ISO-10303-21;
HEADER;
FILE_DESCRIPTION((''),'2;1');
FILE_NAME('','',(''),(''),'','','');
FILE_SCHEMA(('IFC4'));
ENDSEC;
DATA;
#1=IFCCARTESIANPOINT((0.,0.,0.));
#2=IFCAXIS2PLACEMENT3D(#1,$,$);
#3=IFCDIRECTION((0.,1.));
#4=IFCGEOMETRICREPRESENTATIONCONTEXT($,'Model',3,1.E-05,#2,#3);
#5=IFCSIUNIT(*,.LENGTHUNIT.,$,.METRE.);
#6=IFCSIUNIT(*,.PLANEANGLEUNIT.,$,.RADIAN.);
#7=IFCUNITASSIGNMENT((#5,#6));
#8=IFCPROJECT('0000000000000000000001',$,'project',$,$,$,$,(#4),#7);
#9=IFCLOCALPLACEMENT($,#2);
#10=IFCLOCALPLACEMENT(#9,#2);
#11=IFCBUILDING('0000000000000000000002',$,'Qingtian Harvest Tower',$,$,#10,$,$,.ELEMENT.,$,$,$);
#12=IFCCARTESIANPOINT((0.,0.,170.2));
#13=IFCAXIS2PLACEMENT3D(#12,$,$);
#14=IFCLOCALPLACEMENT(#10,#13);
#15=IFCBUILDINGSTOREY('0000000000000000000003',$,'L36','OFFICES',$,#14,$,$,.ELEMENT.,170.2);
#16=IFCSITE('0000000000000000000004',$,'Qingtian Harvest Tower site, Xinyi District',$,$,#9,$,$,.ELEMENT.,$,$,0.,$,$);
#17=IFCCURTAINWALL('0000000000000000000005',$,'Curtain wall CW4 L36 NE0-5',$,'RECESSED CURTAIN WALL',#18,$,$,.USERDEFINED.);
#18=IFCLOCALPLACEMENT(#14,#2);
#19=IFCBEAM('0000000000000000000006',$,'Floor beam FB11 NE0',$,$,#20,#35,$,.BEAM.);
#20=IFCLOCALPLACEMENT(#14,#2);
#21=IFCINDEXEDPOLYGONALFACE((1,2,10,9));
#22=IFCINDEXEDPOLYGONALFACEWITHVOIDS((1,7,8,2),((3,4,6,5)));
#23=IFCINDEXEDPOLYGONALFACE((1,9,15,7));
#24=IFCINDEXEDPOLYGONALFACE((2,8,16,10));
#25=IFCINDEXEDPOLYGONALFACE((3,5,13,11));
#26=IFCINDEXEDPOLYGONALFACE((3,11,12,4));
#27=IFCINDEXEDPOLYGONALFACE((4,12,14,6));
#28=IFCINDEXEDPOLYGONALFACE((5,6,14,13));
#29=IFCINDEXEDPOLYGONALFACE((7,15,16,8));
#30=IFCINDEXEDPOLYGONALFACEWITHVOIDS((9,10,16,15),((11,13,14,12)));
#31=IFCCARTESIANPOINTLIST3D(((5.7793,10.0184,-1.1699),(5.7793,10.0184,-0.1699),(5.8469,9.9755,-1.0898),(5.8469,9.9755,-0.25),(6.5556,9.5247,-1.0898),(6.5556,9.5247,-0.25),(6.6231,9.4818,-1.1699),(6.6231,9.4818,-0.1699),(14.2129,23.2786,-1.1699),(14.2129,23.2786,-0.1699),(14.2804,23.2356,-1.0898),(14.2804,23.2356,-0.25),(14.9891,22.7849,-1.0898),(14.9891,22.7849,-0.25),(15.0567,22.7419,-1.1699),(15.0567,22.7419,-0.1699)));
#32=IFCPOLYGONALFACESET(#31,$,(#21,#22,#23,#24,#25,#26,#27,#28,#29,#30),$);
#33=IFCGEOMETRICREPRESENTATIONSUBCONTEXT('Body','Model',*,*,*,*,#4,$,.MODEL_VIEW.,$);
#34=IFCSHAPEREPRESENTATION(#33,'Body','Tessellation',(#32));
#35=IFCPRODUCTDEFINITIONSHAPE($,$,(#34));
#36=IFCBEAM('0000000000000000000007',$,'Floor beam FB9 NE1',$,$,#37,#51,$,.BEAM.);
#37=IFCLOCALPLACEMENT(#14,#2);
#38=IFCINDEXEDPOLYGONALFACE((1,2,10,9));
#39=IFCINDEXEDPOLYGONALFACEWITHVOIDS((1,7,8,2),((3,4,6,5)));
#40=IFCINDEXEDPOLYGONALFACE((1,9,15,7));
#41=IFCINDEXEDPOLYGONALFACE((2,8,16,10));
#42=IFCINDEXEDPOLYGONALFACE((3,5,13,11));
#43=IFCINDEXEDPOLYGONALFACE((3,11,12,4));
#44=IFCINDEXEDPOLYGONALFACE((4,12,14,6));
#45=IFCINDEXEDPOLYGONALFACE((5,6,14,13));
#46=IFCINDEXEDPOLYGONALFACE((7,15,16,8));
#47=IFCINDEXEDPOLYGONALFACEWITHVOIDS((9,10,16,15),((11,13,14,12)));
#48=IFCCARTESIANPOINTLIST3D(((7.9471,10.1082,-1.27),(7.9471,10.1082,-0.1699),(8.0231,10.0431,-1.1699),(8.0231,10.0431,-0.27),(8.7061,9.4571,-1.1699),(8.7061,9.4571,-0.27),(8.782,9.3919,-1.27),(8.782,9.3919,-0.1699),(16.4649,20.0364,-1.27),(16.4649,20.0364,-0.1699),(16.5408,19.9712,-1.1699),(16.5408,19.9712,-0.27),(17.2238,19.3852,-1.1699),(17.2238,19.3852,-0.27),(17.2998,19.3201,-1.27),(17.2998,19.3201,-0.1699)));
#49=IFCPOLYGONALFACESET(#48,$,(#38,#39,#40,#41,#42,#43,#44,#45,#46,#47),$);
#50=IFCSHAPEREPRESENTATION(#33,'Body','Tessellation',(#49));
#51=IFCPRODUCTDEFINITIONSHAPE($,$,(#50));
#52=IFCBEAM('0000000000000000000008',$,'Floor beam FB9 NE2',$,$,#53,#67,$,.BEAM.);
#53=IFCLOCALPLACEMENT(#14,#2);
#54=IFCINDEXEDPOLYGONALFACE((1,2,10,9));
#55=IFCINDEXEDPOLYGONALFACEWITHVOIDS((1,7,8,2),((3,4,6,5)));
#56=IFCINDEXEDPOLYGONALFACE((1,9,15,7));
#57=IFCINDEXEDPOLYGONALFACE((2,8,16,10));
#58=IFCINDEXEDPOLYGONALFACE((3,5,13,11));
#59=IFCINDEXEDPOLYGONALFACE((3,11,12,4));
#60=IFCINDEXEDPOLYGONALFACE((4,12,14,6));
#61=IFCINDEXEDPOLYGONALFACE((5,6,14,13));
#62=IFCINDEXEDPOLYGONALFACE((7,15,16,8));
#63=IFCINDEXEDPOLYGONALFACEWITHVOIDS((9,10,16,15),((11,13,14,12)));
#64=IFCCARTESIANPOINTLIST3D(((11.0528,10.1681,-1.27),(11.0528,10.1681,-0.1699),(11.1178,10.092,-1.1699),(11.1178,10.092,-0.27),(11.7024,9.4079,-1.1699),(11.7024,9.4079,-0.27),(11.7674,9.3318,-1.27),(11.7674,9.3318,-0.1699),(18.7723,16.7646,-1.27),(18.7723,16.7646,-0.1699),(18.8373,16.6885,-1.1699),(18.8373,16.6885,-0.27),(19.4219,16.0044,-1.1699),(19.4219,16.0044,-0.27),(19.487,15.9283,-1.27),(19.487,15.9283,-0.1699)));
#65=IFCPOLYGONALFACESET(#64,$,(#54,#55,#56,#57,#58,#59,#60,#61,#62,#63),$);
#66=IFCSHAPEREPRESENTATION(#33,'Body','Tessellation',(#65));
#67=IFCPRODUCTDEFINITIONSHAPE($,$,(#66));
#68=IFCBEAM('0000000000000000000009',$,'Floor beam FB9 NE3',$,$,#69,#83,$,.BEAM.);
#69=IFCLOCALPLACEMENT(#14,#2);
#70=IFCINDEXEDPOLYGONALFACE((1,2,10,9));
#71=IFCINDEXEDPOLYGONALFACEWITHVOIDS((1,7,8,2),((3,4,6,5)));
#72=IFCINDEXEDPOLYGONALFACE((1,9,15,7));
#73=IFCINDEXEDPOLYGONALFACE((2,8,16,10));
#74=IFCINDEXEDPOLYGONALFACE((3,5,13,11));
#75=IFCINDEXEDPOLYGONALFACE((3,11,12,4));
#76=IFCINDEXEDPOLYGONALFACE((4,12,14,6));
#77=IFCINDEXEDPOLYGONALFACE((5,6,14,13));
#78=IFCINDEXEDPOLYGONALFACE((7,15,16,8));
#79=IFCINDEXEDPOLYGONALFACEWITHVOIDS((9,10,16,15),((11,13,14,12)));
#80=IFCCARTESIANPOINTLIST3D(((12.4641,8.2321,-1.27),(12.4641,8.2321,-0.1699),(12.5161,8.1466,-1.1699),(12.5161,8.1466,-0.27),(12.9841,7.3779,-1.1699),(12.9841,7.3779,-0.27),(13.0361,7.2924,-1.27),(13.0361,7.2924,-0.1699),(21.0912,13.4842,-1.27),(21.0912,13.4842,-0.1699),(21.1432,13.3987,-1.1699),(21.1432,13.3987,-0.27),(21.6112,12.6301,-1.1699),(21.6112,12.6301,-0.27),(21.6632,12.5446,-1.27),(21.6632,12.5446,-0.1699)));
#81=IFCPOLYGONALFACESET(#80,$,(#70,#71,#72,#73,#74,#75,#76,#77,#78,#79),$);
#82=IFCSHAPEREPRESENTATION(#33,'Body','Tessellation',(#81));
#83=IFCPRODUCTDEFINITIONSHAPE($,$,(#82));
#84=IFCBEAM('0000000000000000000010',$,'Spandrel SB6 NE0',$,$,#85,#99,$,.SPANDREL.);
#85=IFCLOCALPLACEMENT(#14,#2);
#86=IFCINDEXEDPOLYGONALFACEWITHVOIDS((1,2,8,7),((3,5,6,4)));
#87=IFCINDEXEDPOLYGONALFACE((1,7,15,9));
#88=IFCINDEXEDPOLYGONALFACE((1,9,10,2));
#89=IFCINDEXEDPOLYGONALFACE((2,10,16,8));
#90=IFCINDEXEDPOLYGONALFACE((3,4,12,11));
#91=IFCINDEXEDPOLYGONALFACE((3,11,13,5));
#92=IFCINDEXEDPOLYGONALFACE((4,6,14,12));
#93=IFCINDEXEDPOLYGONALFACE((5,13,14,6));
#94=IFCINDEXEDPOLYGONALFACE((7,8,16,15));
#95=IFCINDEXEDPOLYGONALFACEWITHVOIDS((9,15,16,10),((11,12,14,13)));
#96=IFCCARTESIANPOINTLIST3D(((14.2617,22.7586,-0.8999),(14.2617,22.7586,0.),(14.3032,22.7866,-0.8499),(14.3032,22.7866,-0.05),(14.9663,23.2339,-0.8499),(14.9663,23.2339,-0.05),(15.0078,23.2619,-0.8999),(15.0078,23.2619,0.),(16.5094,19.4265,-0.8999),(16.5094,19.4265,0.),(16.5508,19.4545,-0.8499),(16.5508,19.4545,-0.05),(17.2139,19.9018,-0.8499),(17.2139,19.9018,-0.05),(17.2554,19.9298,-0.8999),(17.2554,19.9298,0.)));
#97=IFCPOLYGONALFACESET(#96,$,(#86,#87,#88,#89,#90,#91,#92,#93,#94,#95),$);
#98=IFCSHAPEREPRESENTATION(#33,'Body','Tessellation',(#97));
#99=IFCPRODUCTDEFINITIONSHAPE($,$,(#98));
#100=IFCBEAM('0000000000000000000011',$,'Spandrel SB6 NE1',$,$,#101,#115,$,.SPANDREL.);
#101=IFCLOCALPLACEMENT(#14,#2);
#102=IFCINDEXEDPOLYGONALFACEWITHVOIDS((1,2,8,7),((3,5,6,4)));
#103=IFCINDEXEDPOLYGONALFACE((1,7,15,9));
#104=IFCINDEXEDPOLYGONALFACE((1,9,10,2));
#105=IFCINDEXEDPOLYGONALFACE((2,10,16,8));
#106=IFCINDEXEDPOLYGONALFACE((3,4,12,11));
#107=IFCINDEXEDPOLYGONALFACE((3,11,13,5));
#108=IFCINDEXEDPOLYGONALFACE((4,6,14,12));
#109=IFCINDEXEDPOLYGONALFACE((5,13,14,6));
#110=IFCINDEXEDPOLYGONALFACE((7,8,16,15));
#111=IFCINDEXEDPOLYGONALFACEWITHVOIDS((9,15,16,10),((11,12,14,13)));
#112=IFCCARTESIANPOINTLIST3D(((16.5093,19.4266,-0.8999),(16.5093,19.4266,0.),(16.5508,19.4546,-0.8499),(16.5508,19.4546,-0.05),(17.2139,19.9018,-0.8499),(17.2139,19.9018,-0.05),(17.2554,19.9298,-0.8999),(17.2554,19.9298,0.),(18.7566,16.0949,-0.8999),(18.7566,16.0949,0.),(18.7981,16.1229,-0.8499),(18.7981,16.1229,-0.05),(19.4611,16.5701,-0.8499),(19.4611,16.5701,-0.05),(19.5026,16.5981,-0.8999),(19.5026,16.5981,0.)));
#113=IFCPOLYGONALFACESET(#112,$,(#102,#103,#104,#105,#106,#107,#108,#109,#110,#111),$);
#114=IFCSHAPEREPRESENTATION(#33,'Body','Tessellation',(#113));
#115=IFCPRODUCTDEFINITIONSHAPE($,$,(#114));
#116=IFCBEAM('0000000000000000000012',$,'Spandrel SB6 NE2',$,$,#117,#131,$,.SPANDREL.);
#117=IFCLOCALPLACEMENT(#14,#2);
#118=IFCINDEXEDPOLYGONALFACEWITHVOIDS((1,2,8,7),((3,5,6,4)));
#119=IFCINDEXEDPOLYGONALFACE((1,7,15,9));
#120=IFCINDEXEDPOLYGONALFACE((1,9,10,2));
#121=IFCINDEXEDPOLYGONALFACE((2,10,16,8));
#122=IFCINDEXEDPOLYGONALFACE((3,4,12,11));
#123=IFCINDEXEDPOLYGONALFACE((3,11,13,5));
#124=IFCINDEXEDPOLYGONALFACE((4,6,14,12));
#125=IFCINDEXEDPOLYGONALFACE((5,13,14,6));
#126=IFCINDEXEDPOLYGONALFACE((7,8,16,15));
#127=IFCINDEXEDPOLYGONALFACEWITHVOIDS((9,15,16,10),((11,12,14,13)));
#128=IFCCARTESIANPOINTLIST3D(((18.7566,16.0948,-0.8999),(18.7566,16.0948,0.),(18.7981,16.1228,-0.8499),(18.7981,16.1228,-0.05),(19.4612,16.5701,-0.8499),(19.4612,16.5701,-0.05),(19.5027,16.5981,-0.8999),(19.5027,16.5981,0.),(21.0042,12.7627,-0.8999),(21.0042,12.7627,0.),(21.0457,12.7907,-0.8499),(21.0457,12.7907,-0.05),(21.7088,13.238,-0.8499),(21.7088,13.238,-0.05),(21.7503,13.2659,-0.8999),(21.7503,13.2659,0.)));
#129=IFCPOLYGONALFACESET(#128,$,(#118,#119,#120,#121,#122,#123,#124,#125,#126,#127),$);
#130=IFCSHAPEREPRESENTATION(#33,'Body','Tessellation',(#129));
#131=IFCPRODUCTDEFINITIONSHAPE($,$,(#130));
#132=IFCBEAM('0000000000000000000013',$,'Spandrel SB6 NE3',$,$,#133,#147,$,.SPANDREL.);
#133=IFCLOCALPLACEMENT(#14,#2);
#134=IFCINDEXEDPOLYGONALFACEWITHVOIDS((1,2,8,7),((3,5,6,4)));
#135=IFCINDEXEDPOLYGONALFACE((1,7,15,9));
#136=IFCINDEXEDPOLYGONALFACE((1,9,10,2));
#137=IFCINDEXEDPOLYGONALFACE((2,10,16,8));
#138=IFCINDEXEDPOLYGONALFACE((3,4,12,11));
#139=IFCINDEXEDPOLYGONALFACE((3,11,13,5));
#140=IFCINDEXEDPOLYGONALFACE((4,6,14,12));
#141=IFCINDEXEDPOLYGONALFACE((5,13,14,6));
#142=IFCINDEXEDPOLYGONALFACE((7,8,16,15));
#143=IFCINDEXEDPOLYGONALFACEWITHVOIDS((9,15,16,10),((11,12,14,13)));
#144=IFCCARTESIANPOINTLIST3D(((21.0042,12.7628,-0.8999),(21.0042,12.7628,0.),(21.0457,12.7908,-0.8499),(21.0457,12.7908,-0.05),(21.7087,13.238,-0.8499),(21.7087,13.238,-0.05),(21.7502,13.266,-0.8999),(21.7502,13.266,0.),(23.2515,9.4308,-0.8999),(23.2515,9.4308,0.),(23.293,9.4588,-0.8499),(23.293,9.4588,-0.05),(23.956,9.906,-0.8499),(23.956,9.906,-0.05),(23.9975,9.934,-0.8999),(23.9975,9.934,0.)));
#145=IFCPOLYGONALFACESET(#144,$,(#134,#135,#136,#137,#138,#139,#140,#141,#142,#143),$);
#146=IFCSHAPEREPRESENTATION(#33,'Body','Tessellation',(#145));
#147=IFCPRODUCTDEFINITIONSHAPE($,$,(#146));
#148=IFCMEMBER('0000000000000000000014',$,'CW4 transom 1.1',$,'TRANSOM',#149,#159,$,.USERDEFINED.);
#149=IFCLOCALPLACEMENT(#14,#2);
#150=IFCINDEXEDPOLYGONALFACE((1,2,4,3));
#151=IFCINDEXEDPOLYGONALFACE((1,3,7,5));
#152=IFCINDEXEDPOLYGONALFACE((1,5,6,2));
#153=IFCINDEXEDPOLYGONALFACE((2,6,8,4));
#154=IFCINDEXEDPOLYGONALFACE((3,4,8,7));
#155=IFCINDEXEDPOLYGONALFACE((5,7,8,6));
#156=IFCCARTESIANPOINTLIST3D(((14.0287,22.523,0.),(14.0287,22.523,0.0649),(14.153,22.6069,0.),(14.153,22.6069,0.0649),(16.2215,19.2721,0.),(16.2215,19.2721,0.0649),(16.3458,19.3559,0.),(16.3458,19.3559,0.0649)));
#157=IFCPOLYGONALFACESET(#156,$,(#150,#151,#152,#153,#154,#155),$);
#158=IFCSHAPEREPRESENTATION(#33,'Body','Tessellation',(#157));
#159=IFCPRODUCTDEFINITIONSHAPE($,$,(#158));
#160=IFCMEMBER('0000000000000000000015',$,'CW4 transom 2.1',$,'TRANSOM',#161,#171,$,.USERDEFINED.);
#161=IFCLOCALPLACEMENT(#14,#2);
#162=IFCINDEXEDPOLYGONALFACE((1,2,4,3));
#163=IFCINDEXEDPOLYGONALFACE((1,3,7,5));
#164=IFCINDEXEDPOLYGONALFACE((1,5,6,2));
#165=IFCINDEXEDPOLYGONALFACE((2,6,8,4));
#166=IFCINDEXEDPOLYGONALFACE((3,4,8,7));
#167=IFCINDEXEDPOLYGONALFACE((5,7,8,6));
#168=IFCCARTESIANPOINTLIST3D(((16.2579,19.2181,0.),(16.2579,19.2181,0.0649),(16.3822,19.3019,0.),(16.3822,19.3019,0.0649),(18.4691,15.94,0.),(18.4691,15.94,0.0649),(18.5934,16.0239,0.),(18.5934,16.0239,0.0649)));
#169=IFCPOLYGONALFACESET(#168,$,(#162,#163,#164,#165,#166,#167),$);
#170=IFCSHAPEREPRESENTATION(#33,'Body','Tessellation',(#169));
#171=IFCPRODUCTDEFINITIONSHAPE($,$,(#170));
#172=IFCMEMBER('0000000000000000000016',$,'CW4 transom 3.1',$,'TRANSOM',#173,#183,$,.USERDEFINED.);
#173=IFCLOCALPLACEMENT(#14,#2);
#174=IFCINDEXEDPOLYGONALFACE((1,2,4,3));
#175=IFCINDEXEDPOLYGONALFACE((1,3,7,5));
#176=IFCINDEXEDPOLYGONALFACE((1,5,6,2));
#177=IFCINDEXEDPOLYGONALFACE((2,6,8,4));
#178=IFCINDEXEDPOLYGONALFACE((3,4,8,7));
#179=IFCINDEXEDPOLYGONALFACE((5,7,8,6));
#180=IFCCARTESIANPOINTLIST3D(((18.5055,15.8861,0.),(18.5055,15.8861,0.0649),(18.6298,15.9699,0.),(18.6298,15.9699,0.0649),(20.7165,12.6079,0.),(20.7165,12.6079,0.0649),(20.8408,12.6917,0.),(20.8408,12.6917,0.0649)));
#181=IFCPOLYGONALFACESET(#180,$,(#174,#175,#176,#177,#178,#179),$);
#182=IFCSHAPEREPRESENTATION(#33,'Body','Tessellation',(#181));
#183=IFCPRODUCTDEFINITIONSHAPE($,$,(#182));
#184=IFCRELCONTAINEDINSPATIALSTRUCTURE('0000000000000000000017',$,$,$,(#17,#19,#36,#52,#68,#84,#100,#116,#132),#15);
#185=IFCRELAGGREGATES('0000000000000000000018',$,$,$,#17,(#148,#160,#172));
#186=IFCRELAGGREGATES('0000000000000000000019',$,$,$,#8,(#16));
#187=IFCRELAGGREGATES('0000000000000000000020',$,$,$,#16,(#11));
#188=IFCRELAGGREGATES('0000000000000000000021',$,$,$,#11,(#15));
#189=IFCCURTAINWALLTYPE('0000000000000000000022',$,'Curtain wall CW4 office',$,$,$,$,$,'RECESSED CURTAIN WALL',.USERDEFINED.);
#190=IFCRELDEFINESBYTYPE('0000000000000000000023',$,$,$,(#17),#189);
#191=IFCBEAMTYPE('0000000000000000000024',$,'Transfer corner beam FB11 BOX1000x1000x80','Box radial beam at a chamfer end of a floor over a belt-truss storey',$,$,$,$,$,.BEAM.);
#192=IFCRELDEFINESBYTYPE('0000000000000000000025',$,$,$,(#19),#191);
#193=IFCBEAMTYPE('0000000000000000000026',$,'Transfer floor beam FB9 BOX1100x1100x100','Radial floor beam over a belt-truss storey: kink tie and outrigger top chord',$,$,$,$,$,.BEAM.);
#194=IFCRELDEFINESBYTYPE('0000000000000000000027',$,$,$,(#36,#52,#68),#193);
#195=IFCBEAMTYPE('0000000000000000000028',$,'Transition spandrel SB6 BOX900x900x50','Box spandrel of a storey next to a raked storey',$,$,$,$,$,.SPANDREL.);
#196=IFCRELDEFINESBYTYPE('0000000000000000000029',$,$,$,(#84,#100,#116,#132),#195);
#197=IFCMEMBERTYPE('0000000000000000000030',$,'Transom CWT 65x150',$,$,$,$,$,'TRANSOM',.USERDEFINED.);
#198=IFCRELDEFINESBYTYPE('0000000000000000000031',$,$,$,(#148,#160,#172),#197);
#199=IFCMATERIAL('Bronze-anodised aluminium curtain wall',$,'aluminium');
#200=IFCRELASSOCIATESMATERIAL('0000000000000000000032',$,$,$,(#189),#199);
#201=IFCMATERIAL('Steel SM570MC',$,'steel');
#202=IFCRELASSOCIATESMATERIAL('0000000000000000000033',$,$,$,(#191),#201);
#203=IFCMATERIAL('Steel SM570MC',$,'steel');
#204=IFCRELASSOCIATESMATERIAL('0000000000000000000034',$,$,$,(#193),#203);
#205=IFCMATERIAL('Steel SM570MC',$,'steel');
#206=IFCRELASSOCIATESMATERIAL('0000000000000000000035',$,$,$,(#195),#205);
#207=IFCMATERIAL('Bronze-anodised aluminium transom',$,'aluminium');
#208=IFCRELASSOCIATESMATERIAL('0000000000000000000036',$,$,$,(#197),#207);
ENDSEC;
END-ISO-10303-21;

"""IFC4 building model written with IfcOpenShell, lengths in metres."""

from ifc_helpers import new_model, si_unit, direction, frame, origin, origin_2d, place, context, subcontext, project, spatial, rectangle, hollow_rectangle, extrude, material, material_profile, profile_set, type_object, element, aggregate, save


model = new_model("IFC4")

# Units and contexts
model_context = context("Model", 3, precision=1e-05, world=origin(), true_north=direction((0.0, 1.0)))
body_context = subcontext(model_context, "Body", "Model", "MODEL_VIEW")
ifc_project = project(units=[si_unit("LENGTHUNIT", "METRE"), si_unit("PLANEANGLEUNIT", "RADIAN")], contexts=[model_context])

# Site, building, storey
site_placement = place(None, origin())
site = spatial("IfcSite", under=ifc_project, at=site_placement, Name="Qingtian Harvest Tower site, Xinyi District", CompositionType="ELEMENT", RefElevation=0.0)
building_placement = place(site_placement, origin())
building = spatial("IfcBuilding", under=site, at=building_placement, Name="Qingtian Harvest Tower", CompositionType="ELEMENT")
storey_placement = place(building_placement, frame((0.0, 0.0, 170.2)))
storey = spatial("IfcBuildingStorey", under=building, at=storey_placement, Name="L36", Description="OFFICES", CompositionType="ELEMENT", Elevation=170.2)

# Shared definitions
ifc_material_1 = material(Name="Bronze-anodised aluminium curtain wall", Category="aluminium")
curtain_wall_type = type_object("IfcCurtainWallType", Name="Curtain wall CW4 office", ElementType="RECESSED CURTAIN WALL", PredefinedType="USERDEFINED", material=ifc_material_1)

# Curtain wall
curtain_wall_1_placement = place(storey_placement, origin())
curtain_wall_1 = element("IfcCurtainWall", 1, at=curtain_wall_1_placement, inside=storey, type_object=curtain_wall_type, Name="Curtain wall CW4 L36 NE0-5", ObjectType="RECESSED CURTAIN WALL", PredefinedType="USERDEFINED")

# Beams
ifc_material_2 = material(Name="Steel SM570MC", Category="steel")
ifc_material_profile_1 = material_profile(ifc_material_2, hollow_rectangle(XDim=1.0, YDim=1.0, WallThickness=0.0801, at=origin_2d()), Name="BOX1000x1000x80")
ifc_profile_set_1 = profile_set([ifc_material_profile_1], Name="Steel SM570MC")
beam_type_1 = type_object("IfcBeamType", Name="Transfer corner beam FB11 BOX1000x1000x80", Description="Box radial beam at a chamfer end of a floor over a belt-truss storey", PredefinedType="BEAM", material=ifc_profile_set_1)
beam_1_placement = place(storey_placement, frame((14.6348, 23.0103, -0.6699), z_axis=(-0.53666, -0.843798, 0.0), x_axis=(0.843798, -0.53666, 0.0)))
element("IfcBeam", 2, at=beam_1_placement, inside=storey, type_object=beam_type_1, Name="Floor beam FB11 NE0", PredefinedType="BEAM", context=body_context, shape_type="SweptSolid", body=[
    extrude(hollow_rectangle(XDim=1.0, YDim=1.0, WallThickness=0.0801, at=origin_2d()), origin(), (0.0, 0.0, 1.0), 15.7148),
])
ifc_material_3 = material(Name="Steel SM570MC", Category="steel")
ifc_material_profile_2 = material_profile(ifc_material_3, hollow_rectangle(XDim=1.1001, YDim=1.1001, WallThickness=0.1001, at=origin_2d()), Name="BOX1100x1100x100")
ifc_profile_set_2 = profile_set([ifc_material_profile_2], Name="Steel SM570MC")
beam_type_2 = type_object("IfcBeamType", Name="Transfer floor beam FB9 BOX1100x1100x100", Description="Radial floor beam over a belt-truss storey: kink tie and outrigger top chord", PredefinedType="BEAM", material=ifc_profile_set_2)
beam_2_placement = place(storey_placement, frame((16.8823, 19.6782, -0.72), z_axis=(-0.65114, -0.758957, 0.0), x_axis=(0.758957, -0.65114, 0.0)))
element("IfcBeam", 3, at=beam_2_placement, inside=storey, type_object=beam_type_2, Name="Floor beam FB9 NE1", PredefinedType="BEAM", context=body_context, shape_type="SweptSolid", body=[
    extrude(hollow_rectangle(XDim=1.1001, YDim=1.1001, WallThickness=0.1001, at=origin_2d()), origin(), (0.0, 0.0, 1.0), 13.0813),
])
beam_3_placement = place(storey_placement, frame((19.1296, 16.3464, -0.72), z_axis=(-0.760242, -0.64964, 0.0), x_axis=(0.64964, -0.760242, 0.0)))
element("IfcBeam", 4, at=beam_3_placement, inside=storey, type_object=beam_type_2, Name="Floor beam FB9 NE2", PredefinedType="BEAM", context=body_context, shape_type="SweptSolid", body=[
    extrude(hollow_rectangle(XDim=1.1001, YDim=1.1001, WallThickness=0.1001, at=origin_2d()), origin(), (0.0, 0.0, 1.0), 10.1541),
])
beam_4_placement = place(storey_placement, frame((21.3772, 13.0144, -0.72), z_axis=(-0.854161, -0.520009, 0.0), x_axis=(0.520009, -0.854161, 0.0)))
element("IfcBeam", 5, at=beam_4_placement, inside=storey, type_object=beam_type_2, Name="Floor beam FB9 NE3", PredefinedType="BEAM", context=body_context, shape_type="SweptSolid", body=[
    extrude(hollow_rectangle(XDim=1.1001, YDim=1.1001, WallThickness=0.1001, at=origin_2d()), origin(), (0.0, 0.0, 1.0), 10.1001),
])
ifc_material_4 = material(Name="Steel SM570MC", Category="steel")
ifc_material_profile_3 = material_profile(ifc_material_4, hollow_rectangle(XDim=0.8999, YDim=0.8999, WallThickness=0.05, at=origin_2d()), Name="BOX900x900x50")
ifc_profile_set_3 = profile_set([ifc_material_profile_3], Name="Steel SM570MC")
beam_type_3 = type_object("IfcBeamType", Name="Transition spandrel SB6 BOX900x900x50", Description="Box spandrel of a storey next to a raked storey", PredefinedType="SPANDREL", material=ifc_profile_set_3)
beam_5_placement = place(storey_placement, frame((14.6348, 23.0103, -0.45), z_axis=(0.559206, -0.829029, 0.0), x_axis=(0.829029, 0.559206, 0.0)))
element("IfcBeam", 6, at=beam_5_placement, inside=storey, type_object=beam_type_3, Name="Spandrel SB6 NE0", PredefinedType="SPANDREL", context=body_context, shape_type="SweptSolid", body=[
    extrude(hollow_rectangle(XDim=0.8999, YDim=0.8999, WallThickness=0.05, at=origin_2d()), origin(), (0.0, 0.0, 1.0), 4.0193),
])
beam_6_placement = place(storey_placement, frame((16.8823, 19.6782, -0.45), z_axis=(0.559192, -0.829038, 0.0), x_axis=(0.829038, 0.559192, 0.0)))
element("IfcBeam", 7, at=beam_6_placement, inside=storey, type_object=beam_type_3, Name="Spandrel SB6 NE1", PredefinedType="SPANDREL", context=body_context, shape_type="SweptSolid", body=[
    extrude(hollow_rectangle(XDim=0.8999, YDim=0.8999, WallThickness=0.05, at=origin_2d()), origin(), (0.0, 0.0, 1.0), 4.0188),
])
beam_7_placement = place(storey_placement, frame((19.1296, 16.3464, -0.45), z_axis=(0.559206, -0.829029, 0.0), x_axis=(0.829029, 0.559206, 0.0)))
element("IfcBeam", 8, at=beam_7_placement, inside=storey, type_object=beam_type_3, Name="Spandrel SB6 NE2", PredefinedType="SPANDREL", context=body_context, shape_type="SweptSolid", body=[
    extrude(hollow_rectangle(XDim=0.8999, YDim=0.8999, WallThickness=0.05, at=origin_2d()), origin(), (0.0, 0.0, 1.0), 4.0193),
])
beam_8_placement = place(storey_placement, frame((21.3772, 13.0144, -0.45), z_axis=(0.559164, -0.829057, 0.0), x_axis=(0.829057, 0.559164, 0.0)))
element("IfcBeam", 9, at=beam_8_placement, inside=storey, type_object=beam_type_3, Name="Spandrel SB6 NE3", PredefinedType="SPANDREL", context=body_context, shape_type="SweptSolid", body=[
    extrude(hollow_rectangle(XDim=0.8999, YDim=0.8999, WallThickness=0.05, at=origin_2d()), origin(), (0.0, 0.0, 1.0), 4.019),
])

# Members
ifc_material_5 = material(Name="Bronze-anodised aluminium transom", Category="aluminium")
ifc_material_profile_4 = material_profile(ifc_material_5, rectangle(XDim=0.1499, YDim=0.0649, at=origin_2d()), Name="AL 65x150")
ifc_profile_set_4 = profile_set([ifc_material_profile_4], Name="Bronze-anodised aluminium transom")
member_type_1 = type_object("IfcMemberType", Name="Transom CWT 65x150", ElementType="TRANSOM", PredefinedType="USERDEFINED", material=ifc_profile_set_4)
member_1_placement = place(storey_placement, frame((14.0908, 22.5649, 0.0325), z_axis=(0.559203, -0.829031, 0.0), x_axis=(0.829031, 0.559203, 0.0)))
member_1 = element("IfcMember", 10, at=member_1_placement, type_object=member_type_1, Name="CW4 transom 1.1", ObjectType="TRANSOM", PredefinedType="USERDEFINED", context=body_context, shape_type="SweptSolid", body=[
    extrude(rectangle(XDim=0.1499, YDim=0.0649, at=origin_2d()), origin(), (0.0, 0.0, 1.0), 3.9214),
])
member_2_placement = place(storey_placement, frame((16.3201, 19.26, 0.0325), z_axis=(0.559209, -0.829027, 0.0), x_axis=(0.829027, 0.559209, 0.0)))
member_2 = element("IfcMember", 11, at=member_2_placement, type_object=member_type_1, Name="CW4 transom 2.1", ObjectType="TRANSOM", PredefinedType="USERDEFINED", context=body_context, shape_type="SweptSolid", body=[
    extrude(rectangle(XDim=0.1499, YDim=0.0649, at=origin_2d()), origin(), (0.0, 0.0, 1.0), 3.9541),
])
member_3_placement = place(storey_placement, frame((18.5676, 15.928, 0.0325), z_axis=(0.559166, -0.829055, 0.0), x_axis=(0.829055, 0.559166, 0.0)))
member_3 = element("IfcMember", 12, at=member_3_placement, type_object=member_type_1, Name="CW4 transom 3.1", ObjectType="TRANSOM", PredefinedType="USERDEFINED", context=body_context, shape_type="SweptSolid", body=[
    extrude(rectangle(XDim=0.1499, YDim=0.0649, at=origin_2d()), origin(), (0.0, 0.0, 1.0), 3.9541),
])

aggregate(curtain_wall_1, [member_1, member_2, member_3])

save(model, "model.ifc")
